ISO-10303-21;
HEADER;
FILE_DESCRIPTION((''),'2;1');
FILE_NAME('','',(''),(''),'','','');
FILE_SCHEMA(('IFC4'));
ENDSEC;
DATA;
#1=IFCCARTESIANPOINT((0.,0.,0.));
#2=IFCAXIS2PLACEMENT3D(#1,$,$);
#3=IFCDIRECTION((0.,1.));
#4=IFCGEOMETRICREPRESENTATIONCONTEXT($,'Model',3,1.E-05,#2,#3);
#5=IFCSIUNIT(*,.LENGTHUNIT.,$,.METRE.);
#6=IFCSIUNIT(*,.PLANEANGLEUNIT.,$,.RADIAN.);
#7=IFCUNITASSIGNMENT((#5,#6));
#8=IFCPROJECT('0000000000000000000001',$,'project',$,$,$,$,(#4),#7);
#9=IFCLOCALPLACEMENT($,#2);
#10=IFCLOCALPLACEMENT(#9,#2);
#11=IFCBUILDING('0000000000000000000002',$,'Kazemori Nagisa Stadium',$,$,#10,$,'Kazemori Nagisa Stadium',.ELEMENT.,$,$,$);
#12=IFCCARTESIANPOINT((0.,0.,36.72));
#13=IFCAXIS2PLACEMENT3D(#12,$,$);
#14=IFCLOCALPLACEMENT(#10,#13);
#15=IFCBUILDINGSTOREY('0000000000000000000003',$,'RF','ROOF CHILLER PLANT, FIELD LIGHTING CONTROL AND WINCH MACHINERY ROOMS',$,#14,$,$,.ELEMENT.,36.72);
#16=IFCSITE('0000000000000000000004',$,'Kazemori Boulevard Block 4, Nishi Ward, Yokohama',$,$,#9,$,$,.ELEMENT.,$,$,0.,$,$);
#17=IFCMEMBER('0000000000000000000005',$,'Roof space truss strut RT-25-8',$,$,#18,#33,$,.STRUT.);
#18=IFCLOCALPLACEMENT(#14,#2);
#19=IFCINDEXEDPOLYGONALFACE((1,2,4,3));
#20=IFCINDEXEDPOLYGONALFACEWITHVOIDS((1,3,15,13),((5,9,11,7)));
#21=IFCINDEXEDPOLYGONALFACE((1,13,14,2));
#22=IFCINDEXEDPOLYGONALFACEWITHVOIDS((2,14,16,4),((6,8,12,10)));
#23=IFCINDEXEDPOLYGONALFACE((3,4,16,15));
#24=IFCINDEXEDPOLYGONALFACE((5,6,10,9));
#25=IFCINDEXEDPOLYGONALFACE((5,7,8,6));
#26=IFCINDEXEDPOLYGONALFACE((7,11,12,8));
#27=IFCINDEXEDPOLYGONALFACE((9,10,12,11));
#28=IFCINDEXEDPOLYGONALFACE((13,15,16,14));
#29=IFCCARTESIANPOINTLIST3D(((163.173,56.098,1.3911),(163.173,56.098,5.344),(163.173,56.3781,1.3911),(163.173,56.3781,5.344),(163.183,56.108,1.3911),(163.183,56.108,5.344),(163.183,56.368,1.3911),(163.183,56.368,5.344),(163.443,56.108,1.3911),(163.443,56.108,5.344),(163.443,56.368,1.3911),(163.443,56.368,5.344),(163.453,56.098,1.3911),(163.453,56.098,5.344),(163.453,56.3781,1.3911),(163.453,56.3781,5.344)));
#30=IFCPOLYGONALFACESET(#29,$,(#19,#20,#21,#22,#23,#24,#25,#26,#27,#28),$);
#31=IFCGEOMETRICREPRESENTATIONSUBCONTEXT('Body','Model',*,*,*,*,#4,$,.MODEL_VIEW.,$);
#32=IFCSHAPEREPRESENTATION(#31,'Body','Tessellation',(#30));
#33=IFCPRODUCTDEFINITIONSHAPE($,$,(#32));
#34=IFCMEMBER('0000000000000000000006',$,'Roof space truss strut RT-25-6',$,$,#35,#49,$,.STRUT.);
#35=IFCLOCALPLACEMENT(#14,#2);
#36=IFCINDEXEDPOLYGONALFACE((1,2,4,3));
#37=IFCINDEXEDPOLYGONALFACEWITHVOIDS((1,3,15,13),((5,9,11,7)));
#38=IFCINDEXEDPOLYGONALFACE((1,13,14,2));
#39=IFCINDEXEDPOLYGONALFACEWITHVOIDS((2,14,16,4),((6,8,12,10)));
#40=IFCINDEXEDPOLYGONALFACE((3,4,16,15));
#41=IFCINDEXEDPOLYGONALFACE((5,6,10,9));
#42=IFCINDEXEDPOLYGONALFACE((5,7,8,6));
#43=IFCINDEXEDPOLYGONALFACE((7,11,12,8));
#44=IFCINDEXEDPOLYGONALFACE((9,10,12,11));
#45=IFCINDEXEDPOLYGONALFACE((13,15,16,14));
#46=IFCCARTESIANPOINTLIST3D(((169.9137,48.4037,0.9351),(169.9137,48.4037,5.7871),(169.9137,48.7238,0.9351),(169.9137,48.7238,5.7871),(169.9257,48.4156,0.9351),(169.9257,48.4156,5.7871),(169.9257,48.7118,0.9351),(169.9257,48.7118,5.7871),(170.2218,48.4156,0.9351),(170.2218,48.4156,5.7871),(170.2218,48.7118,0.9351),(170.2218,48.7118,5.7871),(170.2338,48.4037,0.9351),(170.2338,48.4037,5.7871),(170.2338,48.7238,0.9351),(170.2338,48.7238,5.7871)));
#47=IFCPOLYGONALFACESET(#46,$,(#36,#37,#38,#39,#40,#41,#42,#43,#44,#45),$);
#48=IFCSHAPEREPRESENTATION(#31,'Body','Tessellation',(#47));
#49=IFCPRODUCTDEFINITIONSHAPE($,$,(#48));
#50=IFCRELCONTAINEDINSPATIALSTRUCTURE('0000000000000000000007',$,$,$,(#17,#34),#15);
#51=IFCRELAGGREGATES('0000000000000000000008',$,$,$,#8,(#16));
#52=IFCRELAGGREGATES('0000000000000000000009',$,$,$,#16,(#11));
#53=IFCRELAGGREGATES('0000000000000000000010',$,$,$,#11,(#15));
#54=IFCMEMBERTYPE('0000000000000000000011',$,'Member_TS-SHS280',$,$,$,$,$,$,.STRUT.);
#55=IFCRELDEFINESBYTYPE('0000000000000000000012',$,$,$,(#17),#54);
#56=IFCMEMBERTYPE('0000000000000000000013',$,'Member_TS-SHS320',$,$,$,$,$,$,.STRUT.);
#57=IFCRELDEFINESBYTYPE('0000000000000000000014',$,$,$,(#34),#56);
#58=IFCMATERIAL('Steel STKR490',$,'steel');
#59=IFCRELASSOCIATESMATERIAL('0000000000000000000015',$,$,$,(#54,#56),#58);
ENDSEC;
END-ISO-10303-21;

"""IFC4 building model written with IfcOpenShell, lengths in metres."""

from ifc_helpers import new_model, si_unit, direction, frame, origin, origin_2d, place, context, subcontext, project, spatial, hollow_rectangle, extrude, material, material_profile, profile_set, type_object, element, save


model = new_model("IFC4")

# Units and contexts
model_context = context("Model", 3, precision=1e-05, world=origin(), true_north=direction((0.0, 1.0)))
body_context = subcontext(model_context, "Body", "Model", "MODEL_VIEW")
ifc_project = project(units=[si_unit("LENGTHUNIT", "METRE"), si_unit("PLANEANGLEUNIT", "RADIAN")], contexts=[model_context])

# Site, building, storey
site_placement = place(None, origin())
site = spatial("IfcSite", under=ifc_project, at=site_placement, Name="Kazemori Boulevard Block 4, Nishi Ward, Yokohama", CompositionType="ELEMENT", RefElevation=0.0)
building_placement = place(site_placement, origin())
building = spatial("IfcBuilding", under=site, at=building_placement, Name="Kazemori Nagisa Stadium", LongName="Kazemori Nagisa Stadium", CompositionType="ELEMENT")
storey_placement = place(building_placement, frame((0.0, 0.0, 36.72)))
storey = spatial("IfcBuildingStorey", under=building, at=storey_placement, Name="RF", Description="ROOF CHILLER PLANT, FIELD LIGHTING CONTROL AND WINCH MACHINERY ROOMS", CompositionType="ELEMENT", Elevation=36.72)

# Members
ifc_material_1 = material(Name="Steel STKR490", Category="steel")
ifc_material_profile_1 = material_profile(ifc_material_1, hollow_rectangle(XDim=0.28, YDim=0.28, WallThickness=0.01, at=origin_2d()), Name="SHS-280x280x10")
ifc_profile_set_1 = profile_set([ifc_material_profile_1], Name="Steel STKR490")
member_type_1 = type_object("IfcMemberType", Name="Member_TS-SHS280", PredefinedType="STRUT", material=ifc_profile_set_1)
member_1_placement = place(storey_placement, frame((163.313, 56.238, 1.3911), z_axis=(0.0, 0.0, 1.0), x_axis=(1.0, 0.0, 0.0)))
element("IfcMember", 1, at=member_1_placement, inside=storey, type_object=member_type_1, Name="Roof space truss strut RT-25-8", PredefinedType="STRUT", context=body_context, shape_type="SweptSolid", body=[
    extrude(hollow_rectangle(XDim=0.28, YDim=0.28, WallThickness=0.01, at=origin_2d()), origin(), (0.0, 0.0, 1.0), 3.9529),
])
ifc_material_profile_2 = material_profile(ifc_material_1, hollow_rectangle(XDim=0.3201, YDim=0.3201, WallThickness=0.012, at=origin_2d()), Name="SHS-320x320x12")
ifc_profile_set_2 = profile_set([ifc_material_profile_2], Name="Steel STKR490")
member_type_2 = type_object("IfcMemberType", Name="Member_TS-SHS320", PredefinedType="STRUT", material=ifc_profile_set_2)
member_2_placement = place(storey_placement, frame((170.0737, 48.5637, 0.9351), z_axis=(0.0, 0.0, 1.0), x_axis=(1.0, 0.0, 0.0)))
element("IfcMember", 2, at=member_2_placement, inside=storey, type_object=member_type_2, Name="Roof space truss strut RT-25-6", PredefinedType="STRUT", context=body_context, shape_type="SweptSolid", body=[
    extrude(hollow_rectangle(XDim=0.3201, YDim=0.3201, WallThickness=0.012, at=origin_2d()), origin(), (0.0, 0.0, 1.0), 4.8521),
])

save(model, "model.ifc")
